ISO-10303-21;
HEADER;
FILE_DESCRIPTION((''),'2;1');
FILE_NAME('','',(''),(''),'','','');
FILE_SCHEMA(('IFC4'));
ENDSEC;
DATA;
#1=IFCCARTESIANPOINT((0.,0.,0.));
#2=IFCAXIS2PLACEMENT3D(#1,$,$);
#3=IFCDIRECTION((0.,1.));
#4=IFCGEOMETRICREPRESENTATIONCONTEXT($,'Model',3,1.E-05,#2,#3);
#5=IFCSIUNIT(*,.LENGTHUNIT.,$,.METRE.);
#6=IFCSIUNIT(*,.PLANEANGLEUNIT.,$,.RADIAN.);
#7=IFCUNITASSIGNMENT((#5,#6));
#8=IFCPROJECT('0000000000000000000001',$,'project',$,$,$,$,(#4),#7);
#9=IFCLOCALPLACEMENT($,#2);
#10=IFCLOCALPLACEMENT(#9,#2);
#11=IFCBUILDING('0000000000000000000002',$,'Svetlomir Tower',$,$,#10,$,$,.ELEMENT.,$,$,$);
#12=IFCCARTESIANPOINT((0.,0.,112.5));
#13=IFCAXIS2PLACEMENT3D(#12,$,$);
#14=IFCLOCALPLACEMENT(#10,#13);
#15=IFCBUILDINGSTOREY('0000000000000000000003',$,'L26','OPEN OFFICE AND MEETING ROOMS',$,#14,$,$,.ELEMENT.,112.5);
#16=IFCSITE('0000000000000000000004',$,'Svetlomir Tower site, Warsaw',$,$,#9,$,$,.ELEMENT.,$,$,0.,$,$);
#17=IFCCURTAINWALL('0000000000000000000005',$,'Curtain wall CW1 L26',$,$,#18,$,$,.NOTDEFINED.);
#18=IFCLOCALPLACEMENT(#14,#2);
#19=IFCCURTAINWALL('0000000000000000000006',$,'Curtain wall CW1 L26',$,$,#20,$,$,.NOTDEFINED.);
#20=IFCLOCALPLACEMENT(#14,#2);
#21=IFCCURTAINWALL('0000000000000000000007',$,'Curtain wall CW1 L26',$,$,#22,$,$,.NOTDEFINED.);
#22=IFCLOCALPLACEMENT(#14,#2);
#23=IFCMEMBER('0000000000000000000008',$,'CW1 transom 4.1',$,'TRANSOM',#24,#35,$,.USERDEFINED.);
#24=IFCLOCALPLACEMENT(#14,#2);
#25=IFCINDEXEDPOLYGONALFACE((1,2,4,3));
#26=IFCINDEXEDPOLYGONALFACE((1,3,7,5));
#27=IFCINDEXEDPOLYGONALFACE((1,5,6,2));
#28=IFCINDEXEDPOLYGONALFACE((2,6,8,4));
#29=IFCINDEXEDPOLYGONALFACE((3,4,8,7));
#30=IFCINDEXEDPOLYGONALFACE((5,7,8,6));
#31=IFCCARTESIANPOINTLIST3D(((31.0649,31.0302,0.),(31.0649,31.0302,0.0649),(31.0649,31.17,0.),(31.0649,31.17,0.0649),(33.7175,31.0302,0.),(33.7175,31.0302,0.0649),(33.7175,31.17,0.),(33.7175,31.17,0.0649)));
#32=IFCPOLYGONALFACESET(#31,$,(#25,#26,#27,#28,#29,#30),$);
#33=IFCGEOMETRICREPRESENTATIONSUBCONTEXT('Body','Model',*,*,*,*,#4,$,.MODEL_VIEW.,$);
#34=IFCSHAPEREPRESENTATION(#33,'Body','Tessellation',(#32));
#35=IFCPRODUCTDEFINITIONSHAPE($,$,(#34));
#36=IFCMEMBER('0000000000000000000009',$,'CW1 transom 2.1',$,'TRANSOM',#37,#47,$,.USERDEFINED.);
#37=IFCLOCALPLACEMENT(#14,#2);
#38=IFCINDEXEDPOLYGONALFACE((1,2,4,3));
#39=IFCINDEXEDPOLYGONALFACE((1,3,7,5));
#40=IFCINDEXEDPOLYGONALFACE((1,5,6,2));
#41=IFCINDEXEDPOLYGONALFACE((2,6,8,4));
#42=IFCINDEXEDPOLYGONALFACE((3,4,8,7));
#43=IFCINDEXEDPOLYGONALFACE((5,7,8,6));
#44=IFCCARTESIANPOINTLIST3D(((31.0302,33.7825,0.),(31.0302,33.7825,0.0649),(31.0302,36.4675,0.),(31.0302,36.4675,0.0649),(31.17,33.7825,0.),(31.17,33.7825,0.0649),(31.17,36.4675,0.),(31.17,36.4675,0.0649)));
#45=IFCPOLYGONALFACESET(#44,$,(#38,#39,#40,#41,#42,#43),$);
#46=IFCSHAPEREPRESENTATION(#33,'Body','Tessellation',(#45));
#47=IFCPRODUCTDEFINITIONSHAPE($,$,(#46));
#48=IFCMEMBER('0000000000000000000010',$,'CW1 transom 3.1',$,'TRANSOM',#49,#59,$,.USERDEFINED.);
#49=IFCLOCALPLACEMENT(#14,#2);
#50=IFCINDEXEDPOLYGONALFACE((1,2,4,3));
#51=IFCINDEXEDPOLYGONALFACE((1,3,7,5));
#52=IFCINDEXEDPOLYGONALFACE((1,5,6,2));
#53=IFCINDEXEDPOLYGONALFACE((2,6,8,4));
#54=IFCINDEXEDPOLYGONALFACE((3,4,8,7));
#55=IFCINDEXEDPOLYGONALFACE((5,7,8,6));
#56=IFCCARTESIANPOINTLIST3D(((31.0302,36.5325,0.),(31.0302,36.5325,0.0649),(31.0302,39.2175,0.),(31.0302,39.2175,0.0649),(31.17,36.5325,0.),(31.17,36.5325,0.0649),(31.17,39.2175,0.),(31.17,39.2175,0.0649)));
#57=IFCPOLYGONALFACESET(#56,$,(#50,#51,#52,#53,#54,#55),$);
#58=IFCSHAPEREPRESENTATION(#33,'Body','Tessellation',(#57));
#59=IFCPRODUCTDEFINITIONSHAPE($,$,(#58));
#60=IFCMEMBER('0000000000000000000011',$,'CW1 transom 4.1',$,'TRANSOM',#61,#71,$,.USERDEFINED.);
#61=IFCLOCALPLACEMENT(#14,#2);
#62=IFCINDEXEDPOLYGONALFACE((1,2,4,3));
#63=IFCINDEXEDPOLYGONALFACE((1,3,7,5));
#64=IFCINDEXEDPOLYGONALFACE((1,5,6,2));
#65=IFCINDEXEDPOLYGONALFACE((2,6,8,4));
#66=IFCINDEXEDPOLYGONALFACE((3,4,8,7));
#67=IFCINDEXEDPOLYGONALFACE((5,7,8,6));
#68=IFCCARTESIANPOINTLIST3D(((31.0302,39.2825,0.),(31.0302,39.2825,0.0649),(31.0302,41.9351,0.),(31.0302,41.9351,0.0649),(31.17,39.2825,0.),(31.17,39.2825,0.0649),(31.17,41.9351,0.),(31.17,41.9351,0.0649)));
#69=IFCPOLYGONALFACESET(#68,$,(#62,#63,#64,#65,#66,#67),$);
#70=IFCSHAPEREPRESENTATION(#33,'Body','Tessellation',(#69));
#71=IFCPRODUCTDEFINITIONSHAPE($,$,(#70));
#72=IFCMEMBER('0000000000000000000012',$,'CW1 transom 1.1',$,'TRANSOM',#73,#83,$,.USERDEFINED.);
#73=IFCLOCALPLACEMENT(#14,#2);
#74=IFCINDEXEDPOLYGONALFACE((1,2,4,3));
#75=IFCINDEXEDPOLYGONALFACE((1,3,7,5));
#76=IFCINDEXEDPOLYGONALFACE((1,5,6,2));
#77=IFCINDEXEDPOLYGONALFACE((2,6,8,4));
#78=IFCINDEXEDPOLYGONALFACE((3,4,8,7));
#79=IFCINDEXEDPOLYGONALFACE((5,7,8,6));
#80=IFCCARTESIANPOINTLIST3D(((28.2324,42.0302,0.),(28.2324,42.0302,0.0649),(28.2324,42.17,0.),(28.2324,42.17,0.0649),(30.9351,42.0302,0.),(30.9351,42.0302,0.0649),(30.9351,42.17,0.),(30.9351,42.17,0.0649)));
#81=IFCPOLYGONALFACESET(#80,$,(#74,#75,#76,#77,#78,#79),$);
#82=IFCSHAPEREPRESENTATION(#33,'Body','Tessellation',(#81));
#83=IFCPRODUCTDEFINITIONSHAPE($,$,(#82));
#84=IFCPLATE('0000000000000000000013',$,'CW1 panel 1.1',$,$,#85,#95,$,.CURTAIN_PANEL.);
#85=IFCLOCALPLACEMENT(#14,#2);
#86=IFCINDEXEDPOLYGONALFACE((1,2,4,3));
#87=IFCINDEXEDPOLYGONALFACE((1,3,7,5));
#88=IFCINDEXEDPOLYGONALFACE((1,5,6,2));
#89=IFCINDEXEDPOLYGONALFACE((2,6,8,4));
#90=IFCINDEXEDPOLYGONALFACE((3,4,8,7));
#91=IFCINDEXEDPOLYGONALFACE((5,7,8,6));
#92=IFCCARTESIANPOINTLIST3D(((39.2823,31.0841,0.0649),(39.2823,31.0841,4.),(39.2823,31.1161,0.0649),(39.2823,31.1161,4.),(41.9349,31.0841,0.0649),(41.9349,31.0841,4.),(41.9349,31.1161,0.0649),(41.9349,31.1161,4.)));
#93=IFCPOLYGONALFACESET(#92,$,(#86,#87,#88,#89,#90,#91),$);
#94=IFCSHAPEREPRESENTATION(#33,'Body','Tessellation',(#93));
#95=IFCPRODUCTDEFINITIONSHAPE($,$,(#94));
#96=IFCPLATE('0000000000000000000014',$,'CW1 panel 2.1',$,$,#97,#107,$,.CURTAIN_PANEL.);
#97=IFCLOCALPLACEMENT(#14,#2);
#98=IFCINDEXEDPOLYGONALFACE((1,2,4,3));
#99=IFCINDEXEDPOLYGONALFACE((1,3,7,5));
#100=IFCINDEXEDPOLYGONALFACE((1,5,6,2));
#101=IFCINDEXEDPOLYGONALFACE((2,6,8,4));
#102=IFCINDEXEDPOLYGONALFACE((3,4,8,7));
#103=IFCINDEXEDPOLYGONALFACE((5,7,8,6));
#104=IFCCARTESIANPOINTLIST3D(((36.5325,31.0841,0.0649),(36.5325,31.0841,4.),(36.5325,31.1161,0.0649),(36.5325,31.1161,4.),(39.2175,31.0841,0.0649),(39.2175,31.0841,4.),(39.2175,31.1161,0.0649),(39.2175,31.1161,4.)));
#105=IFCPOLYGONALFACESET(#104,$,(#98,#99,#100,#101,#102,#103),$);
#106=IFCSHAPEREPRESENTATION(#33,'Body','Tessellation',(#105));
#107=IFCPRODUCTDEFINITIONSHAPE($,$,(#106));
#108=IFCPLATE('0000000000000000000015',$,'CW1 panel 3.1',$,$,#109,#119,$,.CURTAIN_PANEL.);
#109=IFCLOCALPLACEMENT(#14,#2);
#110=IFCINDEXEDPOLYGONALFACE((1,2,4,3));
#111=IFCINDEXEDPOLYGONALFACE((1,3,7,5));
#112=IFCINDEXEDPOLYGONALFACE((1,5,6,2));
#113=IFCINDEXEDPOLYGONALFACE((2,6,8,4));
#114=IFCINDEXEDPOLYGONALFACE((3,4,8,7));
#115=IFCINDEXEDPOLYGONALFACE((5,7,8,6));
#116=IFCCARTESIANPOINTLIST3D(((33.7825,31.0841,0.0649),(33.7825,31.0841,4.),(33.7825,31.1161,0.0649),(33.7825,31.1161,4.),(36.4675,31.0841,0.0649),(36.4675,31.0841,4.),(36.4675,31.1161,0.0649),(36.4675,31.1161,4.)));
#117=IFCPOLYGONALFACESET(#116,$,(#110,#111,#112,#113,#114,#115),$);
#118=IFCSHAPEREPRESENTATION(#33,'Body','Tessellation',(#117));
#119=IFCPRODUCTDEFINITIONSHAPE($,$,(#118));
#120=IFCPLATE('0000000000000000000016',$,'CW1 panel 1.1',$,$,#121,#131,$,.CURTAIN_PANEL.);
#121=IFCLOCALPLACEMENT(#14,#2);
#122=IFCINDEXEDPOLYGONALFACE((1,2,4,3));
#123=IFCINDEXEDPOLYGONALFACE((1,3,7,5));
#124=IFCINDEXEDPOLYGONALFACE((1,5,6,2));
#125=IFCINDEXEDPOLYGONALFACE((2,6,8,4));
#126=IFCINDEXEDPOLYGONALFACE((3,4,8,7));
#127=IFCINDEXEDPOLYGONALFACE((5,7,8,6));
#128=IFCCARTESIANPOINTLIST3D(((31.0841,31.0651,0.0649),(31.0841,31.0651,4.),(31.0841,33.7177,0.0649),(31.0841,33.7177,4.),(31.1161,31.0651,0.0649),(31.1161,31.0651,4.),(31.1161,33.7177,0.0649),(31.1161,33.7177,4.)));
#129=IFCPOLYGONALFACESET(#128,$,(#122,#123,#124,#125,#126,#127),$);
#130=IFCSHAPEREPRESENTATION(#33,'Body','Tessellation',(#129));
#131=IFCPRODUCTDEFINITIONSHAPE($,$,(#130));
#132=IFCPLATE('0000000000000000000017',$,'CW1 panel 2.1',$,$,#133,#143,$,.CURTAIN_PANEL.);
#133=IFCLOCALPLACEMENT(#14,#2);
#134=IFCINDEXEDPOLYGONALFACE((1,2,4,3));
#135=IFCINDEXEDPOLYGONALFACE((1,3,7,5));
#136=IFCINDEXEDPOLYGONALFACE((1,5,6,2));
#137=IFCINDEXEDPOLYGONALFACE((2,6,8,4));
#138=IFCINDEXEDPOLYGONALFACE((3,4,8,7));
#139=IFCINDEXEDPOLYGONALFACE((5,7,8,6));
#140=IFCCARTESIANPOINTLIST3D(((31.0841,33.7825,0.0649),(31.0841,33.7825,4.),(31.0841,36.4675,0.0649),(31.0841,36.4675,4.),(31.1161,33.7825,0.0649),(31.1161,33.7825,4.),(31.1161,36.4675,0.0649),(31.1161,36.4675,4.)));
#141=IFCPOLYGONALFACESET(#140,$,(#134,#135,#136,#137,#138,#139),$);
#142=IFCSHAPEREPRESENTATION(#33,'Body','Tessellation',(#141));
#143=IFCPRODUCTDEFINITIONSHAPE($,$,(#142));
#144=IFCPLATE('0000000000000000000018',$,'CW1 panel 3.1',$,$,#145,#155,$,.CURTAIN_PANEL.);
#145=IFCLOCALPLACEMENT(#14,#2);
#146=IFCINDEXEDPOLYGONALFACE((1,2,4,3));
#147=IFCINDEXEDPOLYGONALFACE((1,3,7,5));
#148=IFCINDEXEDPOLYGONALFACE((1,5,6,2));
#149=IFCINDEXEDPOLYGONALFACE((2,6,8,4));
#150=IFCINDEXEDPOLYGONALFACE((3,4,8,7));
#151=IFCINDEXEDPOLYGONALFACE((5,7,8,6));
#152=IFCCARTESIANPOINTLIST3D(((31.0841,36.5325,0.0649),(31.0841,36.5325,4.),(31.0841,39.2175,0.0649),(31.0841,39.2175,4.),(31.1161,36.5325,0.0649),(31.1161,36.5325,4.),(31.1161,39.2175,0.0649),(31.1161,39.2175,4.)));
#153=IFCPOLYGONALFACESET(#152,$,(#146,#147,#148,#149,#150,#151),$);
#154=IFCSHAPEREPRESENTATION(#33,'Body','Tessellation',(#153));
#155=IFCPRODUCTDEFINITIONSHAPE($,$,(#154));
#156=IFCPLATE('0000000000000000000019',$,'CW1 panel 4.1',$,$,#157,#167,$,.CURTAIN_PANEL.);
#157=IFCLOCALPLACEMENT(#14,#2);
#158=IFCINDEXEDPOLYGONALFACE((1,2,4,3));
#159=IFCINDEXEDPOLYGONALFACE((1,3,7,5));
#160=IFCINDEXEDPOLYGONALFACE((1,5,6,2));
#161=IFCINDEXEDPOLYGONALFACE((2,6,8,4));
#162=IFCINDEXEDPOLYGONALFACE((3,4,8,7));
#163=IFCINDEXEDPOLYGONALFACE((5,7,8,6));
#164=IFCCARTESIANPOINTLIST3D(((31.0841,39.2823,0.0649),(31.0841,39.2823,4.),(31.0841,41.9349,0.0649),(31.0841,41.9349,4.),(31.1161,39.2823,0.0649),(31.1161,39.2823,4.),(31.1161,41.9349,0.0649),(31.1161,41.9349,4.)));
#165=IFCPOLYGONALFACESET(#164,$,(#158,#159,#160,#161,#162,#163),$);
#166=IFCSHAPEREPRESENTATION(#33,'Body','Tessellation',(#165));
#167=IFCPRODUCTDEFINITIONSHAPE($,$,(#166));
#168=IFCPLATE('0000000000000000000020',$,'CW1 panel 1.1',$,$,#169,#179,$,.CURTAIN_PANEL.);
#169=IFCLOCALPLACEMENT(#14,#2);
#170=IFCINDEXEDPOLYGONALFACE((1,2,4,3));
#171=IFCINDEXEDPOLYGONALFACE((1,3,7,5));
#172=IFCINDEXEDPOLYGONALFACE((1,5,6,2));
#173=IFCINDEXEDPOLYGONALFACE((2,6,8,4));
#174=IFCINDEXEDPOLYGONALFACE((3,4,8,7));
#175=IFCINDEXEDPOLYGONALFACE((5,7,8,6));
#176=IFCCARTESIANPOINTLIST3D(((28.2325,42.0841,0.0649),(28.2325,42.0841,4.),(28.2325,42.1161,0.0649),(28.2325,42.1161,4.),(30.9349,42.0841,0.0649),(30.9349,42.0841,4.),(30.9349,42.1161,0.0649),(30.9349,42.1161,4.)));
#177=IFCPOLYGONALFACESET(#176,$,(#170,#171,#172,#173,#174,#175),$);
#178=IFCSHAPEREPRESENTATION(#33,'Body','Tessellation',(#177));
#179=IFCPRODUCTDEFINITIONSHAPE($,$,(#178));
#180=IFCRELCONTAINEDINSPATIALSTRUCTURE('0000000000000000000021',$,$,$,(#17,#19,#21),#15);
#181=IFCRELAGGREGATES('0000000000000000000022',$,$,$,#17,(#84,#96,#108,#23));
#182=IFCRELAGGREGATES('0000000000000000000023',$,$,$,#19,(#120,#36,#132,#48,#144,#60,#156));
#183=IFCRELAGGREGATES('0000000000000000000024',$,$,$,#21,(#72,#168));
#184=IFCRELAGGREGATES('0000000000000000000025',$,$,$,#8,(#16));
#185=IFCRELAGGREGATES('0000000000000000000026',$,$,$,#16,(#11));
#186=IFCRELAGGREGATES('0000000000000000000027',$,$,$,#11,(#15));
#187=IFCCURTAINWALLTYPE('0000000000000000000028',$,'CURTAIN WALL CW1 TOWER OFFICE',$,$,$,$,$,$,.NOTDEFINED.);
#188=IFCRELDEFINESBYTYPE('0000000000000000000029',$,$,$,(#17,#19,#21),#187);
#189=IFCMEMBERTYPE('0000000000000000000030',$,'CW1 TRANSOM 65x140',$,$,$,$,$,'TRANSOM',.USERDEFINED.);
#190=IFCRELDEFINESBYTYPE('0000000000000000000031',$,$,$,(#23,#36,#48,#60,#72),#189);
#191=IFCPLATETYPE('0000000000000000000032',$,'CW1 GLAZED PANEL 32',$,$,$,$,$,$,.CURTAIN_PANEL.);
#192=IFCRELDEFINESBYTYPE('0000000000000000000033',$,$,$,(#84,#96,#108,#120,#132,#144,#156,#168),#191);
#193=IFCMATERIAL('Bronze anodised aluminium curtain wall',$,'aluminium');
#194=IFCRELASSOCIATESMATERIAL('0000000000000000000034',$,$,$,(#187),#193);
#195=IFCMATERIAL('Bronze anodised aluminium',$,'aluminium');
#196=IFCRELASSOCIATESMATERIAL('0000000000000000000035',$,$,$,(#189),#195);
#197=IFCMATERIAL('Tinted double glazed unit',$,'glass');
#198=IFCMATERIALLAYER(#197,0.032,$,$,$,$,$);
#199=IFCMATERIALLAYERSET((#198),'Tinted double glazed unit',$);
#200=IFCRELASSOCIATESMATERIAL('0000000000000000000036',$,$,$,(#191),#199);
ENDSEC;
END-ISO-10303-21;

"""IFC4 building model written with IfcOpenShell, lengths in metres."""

from ifc_helpers import new_model, si_unit, direction, frame, origin, origin_2d, place, context, subcontext, project, spatial, rectangle, extrude, material, layer, layer_set, material_profile, profile_set, type_object, element, aggregate, save


model = new_model("IFC4")

# Units and contexts
model_context = context("Model", 3, precision=1e-05, world=origin(), true_north=direction((0.0, 1.0)))
body_context = subcontext(model_context, "Body", "Model", "MODEL_VIEW")
ifc_project = project(units=[si_unit("LENGTHUNIT", "METRE"), si_unit("PLANEANGLEUNIT", "RADIAN")], contexts=[model_context])

# Site, building, storey
site_placement = place(None, origin())
site = spatial("IfcSite", under=ifc_project, at=site_placement, Name="Svetlomir Tower site, Warsaw", CompositionType="ELEMENT", RefElevation=0.0)
building_placement = place(site_placement, origin())
building = spatial("IfcBuilding", under=site, at=building_placement, Name="Svetlomir Tower", CompositionType="ELEMENT")
storey_placement = place(building_placement, frame((0.0, 0.0, 112.5)))
storey = spatial("IfcBuildingStorey", under=building, at=storey_placement, Name="L26", Description="OPEN OFFICE AND MEETING ROOMS", CompositionType="ELEMENT", Elevation=112.5)

# Curtain walls
ifc_material_1 = material(Name="Bronze anodised aluminium curtain wall", Category="aluminium")
curtain_wall_type = type_object("IfcCurtainWallType", Name="CURTAIN WALL CW1 TOWER OFFICE", PredefinedType="NOTDEFINED", material=ifc_material_1)
curtain_wall_1_placement = place(storey_placement, origin())
curtain_wall_1 = element("IfcCurtainWall", 1, at=curtain_wall_1_placement, inside=storey, type_object=curtain_wall_type, Name="Curtain wall CW1 L26", PredefinedType="NOTDEFINED")
curtain_wall_2_placement = place(storey_placement, origin())
curtain_wall_2 = element("IfcCurtainWall", 2, at=curtain_wall_2_placement, inside=storey, type_object=curtain_wall_type, Name="Curtain wall CW1 L26", PredefinedType="NOTDEFINED")

# Curtain wall
curtain_wall_3_placement = place(storey_placement, origin())
curtain_wall_3 = element("IfcCurtainWall", 3, at=curtain_wall_3_placement, inside=storey, type_object=curtain_wall_type, Name="Curtain wall CW1 L26", PredefinedType="NOTDEFINED")

# Members
ifc_material_2 = material(Name="Bronze anodised aluminium", Category="aluminium")
ifc_material_profile_1 = material_profile(ifc_material_2, rectangle(XDim=0.1399, YDim=0.0649, at=origin_2d()), Name="AL 140x65")
ifc_profile_set_1 = profile_set([ifc_material_profile_1], Name="Bronze anodised aluminium 6063-T6")
member_type_1 = type_object("IfcMemberType", Name="CW1 TRANSOM 65x140", ElementType="TRANSOM", PredefinedType="USERDEFINED", material=ifc_profile_set_1)
member_1_placement = place(storey_placement, frame((33.7175, 31.1001, 0.0325), z_axis=(-1.0, 0.0, 0.0), x_axis=(0.0, -1.0, 0.0)))
member_1 = element("IfcMember", 4, at=member_1_placement, type_object=member_type_1, Name="CW1 transom 4.1", ObjectType="TRANSOM", PredefinedType="USERDEFINED", context=body_context, shape_type="SweptSolid", body=[
    extrude(rectangle(XDim=0.1399, YDim=0.0649, at=origin_2d()), origin(), (0.0, 0.0, 1.0), 2.6526),
])
member_2_placement = place(storey_placement, frame((31.1001, 33.7825, 0.0325), z_axis=(0.0, 1.0, 0.0), x_axis=(-1.0, 0.0, 0.0)))
member_2 = element("IfcMember", 5, at=member_2_placement, type_object=member_type_1, Name="CW1 transom 2.1", ObjectType="TRANSOM", PredefinedType="USERDEFINED", context=body_context, shape_type="SweptSolid", body=[
    extrude(rectangle(XDim=0.1399, YDim=0.0649, at=origin_2d()), origin(), (0.0, 0.0, 1.0), 2.6851),
])
member_3_placement = place(storey_placement, frame((31.1001, 36.5325, 0.0325), z_axis=(0.0, 1.0, 0.0), x_axis=(-1.0, 0.0, 0.0)))
member_3 = element("IfcMember", 6, at=member_3_placement, type_object=member_type_1, Name="CW1 transom 3.1", ObjectType="TRANSOM", PredefinedType="USERDEFINED", context=body_context, shape_type="SweptSolid", body=[
    extrude(rectangle(XDim=0.1399, YDim=0.0649, at=origin_2d()), origin(), (0.0, 0.0, 1.0), 2.6851),
])
member_4_placement = place(storey_placement, frame((31.1001, 39.2825, 0.0325), z_axis=(0.0, 1.0, 0.0), x_axis=(-1.0, 0.0, 0.0)))
member_4 = element("IfcMember", 7, at=member_4_placement, type_object=member_type_1, Name="CW1 transom 4.1", ObjectType="TRANSOM", PredefinedType="USERDEFINED", context=body_context, shape_type="SweptSolid", body=[
    extrude(rectangle(XDim=0.1399, YDim=0.0649, at=origin_2d()), origin(), (0.0, 0.0, 1.0), 2.6526),
])
member_5_placement = place(storey_placement, frame((30.9351, 42.1001, 0.0325), z_axis=(-1.0, 0.0, 0.0), x_axis=(0.0, -1.0, 0.0)))
member_5 = element("IfcMember", 8, at=member_5_placement, type_object=member_type_1, Name="CW1 transom 1.1", ObjectType="TRANSOM", PredefinedType="USERDEFINED", context=body_context, shape_type="SweptSolid", body=[
    extrude(rectangle(XDim=0.1399, YDim=0.0649, at=origin_2d()), origin(), (0.0, 0.0, 1.0), 2.7026),
])

# Plates
ifc_material_3 = material(Name="Tinted double glazed unit", Category="glass")
ifc_layer = layer(ifc_material_3, 0.032)
ifc_layer_set = layer_set([ifc_layer], Name="Tinted double glazed unit")
plate_type = type_object("IfcPlateType", Name="CW1 GLAZED PANEL 32", PredefinedType="CURTAIN_PANEL", material=ifc_layer_set)
plate_1_placement = place(storey_placement, frame((40.6086, 31.1001, 0.0649), z_axis=(0.0, 0.0, 1.0), x_axis=(-1.0, 0.0, 0.0)))
plate_1 = element("IfcPlate", 9, at=plate_1_placement, type_object=plate_type, Name="CW1 panel 1.1", PredefinedType="CURTAIN_PANEL", context=body_context, shape_type="SweptSolid", body=[
    extrude(rectangle(XDim=2.6526, YDim=0.032, at=origin_2d()), origin(), (0.0, 0.0, 1.0), 3.9351),
])
plate_2_placement = place(storey_placement, frame((37.875, 31.1001, 0.0649), z_axis=(0.0, 0.0, 1.0), x_axis=(-1.0, 0.0, 0.0)))
plate_2 = element("IfcPlate", 10, at=plate_2_placement, type_object=plate_type, Name="CW1 panel 2.1", PredefinedType="CURTAIN_PANEL", context=body_context, shape_type="SweptSolid", body=[
    extrude(rectangle(XDim=2.6851, YDim=0.032, at=origin_2d()), origin(), (0.0, 0.0, 1.0), 3.9351),
])
plate_3_placement = place(storey_placement, frame((35.125, 31.1001, 0.0649), z_axis=(0.0, 0.0, 1.0), x_axis=(-1.0, 0.0, 0.0)))
plate_3 = element("IfcPlate", 11, at=plate_3_placement, type_object=plate_type, Name="CW1 panel 3.1", PredefinedType="CURTAIN_PANEL", context=body_context, shape_type="SweptSolid", body=[
    extrude(rectangle(XDim=2.6851, YDim=0.032, at=origin_2d()), origin(), (0.0, 0.0, 1.0), 3.9351),
])
aggregate(curtain_wall_1, [plate_1, plate_2, plate_3, member_1])
plate_4_placement = place(storey_placement, frame((31.1001, 32.3914, 0.0649), z_axis=(0.0, 0.0, 1.0), x_axis=(0.0, 1.0, 0.0)))
plate_4 = element("IfcPlate", 12, at=plate_4_placement, type_object=plate_type, Name="CW1 panel 1.1", PredefinedType="CURTAIN_PANEL", context=body_context, shape_type="SweptSolid", body=[
    extrude(rectangle(XDim=2.6526, YDim=0.032, at=origin_2d()), origin(), (0.0, 0.0, 1.0), 3.9351),
])
plate_5_placement = place(storey_placement, frame((31.1001, 35.125, 0.0649), z_axis=(0.0, 0.0, 1.0), x_axis=(0.0, 1.0, 0.0)))
plate_5 = element("IfcPlate", 13, at=plate_5_placement, type_object=plate_type, Name="CW1 panel 2.1", PredefinedType="CURTAIN_PANEL", context=body_context, shape_type="SweptSolid", body=[
    extrude(rectangle(XDim=2.6851, YDim=0.032, at=origin_2d()), origin(), (0.0, 0.0, 1.0), 3.9351),
])
plate_6_placement = place(storey_placement, frame((31.1001, 37.875, 0.0649), z_axis=(0.0, 0.0, 1.0), x_axis=(0.0, 1.0, 0.0)))
plate_6 = element("IfcPlate", 14, at=plate_6_placement, type_object=plate_type, Name="CW1 panel 3.1", PredefinedType="CURTAIN_PANEL", context=body_context, shape_type="SweptSolid", body=[
    extrude(rectangle(XDim=2.6851, YDim=0.032, at=origin_2d()), origin(), (0.0, 0.0, 1.0), 3.9351),
])
plate_7_placement = place(storey_placement, frame((31.1001, 40.6086, 0.0649), z_axis=(0.0, 0.0, 1.0), x_axis=(0.0, 1.0, 0.0)))
plate_7 = element("IfcPlate", 15, at=plate_7_placement, type_object=plate_type, Name="CW1 panel 4.1", PredefinedType="CURTAIN_PANEL", context=body_context, shape_type="SweptSolid", body=[
    extrude(rectangle(XDim=2.6526, YDim=0.032, at=origin_2d()), origin(), (0.0, 0.0, 1.0), 3.9351),
])
aggregate(curtain_wall_2, [plate_4, member_2, plate_5, member_3, plate_6, member_4, plate_7])
plate_8_placement = place(storey_placement, frame((29.5837, 42.1001, 0.0649), z_axis=(0.0, 0.0, 1.0), x_axis=(-1.0, 0.0, 0.0)))
plate_8 = element("IfcPlate", 16, at=plate_8_placement, type_object=plate_type, Name="CW1 panel 1.1", PredefinedType="CURTAIN_PANEL", context=body_context, shape_type="SweptSolid", body=[
    extrude(rectangle(XDim=2.7024, YDim=0.032, at=origin_2d()), origin(), (0.0, 0.0, 1.0), 3.9351),
])
aggregate(curtain_wall_3, [member_5, plate_8])

save(model, "model.ifc")
